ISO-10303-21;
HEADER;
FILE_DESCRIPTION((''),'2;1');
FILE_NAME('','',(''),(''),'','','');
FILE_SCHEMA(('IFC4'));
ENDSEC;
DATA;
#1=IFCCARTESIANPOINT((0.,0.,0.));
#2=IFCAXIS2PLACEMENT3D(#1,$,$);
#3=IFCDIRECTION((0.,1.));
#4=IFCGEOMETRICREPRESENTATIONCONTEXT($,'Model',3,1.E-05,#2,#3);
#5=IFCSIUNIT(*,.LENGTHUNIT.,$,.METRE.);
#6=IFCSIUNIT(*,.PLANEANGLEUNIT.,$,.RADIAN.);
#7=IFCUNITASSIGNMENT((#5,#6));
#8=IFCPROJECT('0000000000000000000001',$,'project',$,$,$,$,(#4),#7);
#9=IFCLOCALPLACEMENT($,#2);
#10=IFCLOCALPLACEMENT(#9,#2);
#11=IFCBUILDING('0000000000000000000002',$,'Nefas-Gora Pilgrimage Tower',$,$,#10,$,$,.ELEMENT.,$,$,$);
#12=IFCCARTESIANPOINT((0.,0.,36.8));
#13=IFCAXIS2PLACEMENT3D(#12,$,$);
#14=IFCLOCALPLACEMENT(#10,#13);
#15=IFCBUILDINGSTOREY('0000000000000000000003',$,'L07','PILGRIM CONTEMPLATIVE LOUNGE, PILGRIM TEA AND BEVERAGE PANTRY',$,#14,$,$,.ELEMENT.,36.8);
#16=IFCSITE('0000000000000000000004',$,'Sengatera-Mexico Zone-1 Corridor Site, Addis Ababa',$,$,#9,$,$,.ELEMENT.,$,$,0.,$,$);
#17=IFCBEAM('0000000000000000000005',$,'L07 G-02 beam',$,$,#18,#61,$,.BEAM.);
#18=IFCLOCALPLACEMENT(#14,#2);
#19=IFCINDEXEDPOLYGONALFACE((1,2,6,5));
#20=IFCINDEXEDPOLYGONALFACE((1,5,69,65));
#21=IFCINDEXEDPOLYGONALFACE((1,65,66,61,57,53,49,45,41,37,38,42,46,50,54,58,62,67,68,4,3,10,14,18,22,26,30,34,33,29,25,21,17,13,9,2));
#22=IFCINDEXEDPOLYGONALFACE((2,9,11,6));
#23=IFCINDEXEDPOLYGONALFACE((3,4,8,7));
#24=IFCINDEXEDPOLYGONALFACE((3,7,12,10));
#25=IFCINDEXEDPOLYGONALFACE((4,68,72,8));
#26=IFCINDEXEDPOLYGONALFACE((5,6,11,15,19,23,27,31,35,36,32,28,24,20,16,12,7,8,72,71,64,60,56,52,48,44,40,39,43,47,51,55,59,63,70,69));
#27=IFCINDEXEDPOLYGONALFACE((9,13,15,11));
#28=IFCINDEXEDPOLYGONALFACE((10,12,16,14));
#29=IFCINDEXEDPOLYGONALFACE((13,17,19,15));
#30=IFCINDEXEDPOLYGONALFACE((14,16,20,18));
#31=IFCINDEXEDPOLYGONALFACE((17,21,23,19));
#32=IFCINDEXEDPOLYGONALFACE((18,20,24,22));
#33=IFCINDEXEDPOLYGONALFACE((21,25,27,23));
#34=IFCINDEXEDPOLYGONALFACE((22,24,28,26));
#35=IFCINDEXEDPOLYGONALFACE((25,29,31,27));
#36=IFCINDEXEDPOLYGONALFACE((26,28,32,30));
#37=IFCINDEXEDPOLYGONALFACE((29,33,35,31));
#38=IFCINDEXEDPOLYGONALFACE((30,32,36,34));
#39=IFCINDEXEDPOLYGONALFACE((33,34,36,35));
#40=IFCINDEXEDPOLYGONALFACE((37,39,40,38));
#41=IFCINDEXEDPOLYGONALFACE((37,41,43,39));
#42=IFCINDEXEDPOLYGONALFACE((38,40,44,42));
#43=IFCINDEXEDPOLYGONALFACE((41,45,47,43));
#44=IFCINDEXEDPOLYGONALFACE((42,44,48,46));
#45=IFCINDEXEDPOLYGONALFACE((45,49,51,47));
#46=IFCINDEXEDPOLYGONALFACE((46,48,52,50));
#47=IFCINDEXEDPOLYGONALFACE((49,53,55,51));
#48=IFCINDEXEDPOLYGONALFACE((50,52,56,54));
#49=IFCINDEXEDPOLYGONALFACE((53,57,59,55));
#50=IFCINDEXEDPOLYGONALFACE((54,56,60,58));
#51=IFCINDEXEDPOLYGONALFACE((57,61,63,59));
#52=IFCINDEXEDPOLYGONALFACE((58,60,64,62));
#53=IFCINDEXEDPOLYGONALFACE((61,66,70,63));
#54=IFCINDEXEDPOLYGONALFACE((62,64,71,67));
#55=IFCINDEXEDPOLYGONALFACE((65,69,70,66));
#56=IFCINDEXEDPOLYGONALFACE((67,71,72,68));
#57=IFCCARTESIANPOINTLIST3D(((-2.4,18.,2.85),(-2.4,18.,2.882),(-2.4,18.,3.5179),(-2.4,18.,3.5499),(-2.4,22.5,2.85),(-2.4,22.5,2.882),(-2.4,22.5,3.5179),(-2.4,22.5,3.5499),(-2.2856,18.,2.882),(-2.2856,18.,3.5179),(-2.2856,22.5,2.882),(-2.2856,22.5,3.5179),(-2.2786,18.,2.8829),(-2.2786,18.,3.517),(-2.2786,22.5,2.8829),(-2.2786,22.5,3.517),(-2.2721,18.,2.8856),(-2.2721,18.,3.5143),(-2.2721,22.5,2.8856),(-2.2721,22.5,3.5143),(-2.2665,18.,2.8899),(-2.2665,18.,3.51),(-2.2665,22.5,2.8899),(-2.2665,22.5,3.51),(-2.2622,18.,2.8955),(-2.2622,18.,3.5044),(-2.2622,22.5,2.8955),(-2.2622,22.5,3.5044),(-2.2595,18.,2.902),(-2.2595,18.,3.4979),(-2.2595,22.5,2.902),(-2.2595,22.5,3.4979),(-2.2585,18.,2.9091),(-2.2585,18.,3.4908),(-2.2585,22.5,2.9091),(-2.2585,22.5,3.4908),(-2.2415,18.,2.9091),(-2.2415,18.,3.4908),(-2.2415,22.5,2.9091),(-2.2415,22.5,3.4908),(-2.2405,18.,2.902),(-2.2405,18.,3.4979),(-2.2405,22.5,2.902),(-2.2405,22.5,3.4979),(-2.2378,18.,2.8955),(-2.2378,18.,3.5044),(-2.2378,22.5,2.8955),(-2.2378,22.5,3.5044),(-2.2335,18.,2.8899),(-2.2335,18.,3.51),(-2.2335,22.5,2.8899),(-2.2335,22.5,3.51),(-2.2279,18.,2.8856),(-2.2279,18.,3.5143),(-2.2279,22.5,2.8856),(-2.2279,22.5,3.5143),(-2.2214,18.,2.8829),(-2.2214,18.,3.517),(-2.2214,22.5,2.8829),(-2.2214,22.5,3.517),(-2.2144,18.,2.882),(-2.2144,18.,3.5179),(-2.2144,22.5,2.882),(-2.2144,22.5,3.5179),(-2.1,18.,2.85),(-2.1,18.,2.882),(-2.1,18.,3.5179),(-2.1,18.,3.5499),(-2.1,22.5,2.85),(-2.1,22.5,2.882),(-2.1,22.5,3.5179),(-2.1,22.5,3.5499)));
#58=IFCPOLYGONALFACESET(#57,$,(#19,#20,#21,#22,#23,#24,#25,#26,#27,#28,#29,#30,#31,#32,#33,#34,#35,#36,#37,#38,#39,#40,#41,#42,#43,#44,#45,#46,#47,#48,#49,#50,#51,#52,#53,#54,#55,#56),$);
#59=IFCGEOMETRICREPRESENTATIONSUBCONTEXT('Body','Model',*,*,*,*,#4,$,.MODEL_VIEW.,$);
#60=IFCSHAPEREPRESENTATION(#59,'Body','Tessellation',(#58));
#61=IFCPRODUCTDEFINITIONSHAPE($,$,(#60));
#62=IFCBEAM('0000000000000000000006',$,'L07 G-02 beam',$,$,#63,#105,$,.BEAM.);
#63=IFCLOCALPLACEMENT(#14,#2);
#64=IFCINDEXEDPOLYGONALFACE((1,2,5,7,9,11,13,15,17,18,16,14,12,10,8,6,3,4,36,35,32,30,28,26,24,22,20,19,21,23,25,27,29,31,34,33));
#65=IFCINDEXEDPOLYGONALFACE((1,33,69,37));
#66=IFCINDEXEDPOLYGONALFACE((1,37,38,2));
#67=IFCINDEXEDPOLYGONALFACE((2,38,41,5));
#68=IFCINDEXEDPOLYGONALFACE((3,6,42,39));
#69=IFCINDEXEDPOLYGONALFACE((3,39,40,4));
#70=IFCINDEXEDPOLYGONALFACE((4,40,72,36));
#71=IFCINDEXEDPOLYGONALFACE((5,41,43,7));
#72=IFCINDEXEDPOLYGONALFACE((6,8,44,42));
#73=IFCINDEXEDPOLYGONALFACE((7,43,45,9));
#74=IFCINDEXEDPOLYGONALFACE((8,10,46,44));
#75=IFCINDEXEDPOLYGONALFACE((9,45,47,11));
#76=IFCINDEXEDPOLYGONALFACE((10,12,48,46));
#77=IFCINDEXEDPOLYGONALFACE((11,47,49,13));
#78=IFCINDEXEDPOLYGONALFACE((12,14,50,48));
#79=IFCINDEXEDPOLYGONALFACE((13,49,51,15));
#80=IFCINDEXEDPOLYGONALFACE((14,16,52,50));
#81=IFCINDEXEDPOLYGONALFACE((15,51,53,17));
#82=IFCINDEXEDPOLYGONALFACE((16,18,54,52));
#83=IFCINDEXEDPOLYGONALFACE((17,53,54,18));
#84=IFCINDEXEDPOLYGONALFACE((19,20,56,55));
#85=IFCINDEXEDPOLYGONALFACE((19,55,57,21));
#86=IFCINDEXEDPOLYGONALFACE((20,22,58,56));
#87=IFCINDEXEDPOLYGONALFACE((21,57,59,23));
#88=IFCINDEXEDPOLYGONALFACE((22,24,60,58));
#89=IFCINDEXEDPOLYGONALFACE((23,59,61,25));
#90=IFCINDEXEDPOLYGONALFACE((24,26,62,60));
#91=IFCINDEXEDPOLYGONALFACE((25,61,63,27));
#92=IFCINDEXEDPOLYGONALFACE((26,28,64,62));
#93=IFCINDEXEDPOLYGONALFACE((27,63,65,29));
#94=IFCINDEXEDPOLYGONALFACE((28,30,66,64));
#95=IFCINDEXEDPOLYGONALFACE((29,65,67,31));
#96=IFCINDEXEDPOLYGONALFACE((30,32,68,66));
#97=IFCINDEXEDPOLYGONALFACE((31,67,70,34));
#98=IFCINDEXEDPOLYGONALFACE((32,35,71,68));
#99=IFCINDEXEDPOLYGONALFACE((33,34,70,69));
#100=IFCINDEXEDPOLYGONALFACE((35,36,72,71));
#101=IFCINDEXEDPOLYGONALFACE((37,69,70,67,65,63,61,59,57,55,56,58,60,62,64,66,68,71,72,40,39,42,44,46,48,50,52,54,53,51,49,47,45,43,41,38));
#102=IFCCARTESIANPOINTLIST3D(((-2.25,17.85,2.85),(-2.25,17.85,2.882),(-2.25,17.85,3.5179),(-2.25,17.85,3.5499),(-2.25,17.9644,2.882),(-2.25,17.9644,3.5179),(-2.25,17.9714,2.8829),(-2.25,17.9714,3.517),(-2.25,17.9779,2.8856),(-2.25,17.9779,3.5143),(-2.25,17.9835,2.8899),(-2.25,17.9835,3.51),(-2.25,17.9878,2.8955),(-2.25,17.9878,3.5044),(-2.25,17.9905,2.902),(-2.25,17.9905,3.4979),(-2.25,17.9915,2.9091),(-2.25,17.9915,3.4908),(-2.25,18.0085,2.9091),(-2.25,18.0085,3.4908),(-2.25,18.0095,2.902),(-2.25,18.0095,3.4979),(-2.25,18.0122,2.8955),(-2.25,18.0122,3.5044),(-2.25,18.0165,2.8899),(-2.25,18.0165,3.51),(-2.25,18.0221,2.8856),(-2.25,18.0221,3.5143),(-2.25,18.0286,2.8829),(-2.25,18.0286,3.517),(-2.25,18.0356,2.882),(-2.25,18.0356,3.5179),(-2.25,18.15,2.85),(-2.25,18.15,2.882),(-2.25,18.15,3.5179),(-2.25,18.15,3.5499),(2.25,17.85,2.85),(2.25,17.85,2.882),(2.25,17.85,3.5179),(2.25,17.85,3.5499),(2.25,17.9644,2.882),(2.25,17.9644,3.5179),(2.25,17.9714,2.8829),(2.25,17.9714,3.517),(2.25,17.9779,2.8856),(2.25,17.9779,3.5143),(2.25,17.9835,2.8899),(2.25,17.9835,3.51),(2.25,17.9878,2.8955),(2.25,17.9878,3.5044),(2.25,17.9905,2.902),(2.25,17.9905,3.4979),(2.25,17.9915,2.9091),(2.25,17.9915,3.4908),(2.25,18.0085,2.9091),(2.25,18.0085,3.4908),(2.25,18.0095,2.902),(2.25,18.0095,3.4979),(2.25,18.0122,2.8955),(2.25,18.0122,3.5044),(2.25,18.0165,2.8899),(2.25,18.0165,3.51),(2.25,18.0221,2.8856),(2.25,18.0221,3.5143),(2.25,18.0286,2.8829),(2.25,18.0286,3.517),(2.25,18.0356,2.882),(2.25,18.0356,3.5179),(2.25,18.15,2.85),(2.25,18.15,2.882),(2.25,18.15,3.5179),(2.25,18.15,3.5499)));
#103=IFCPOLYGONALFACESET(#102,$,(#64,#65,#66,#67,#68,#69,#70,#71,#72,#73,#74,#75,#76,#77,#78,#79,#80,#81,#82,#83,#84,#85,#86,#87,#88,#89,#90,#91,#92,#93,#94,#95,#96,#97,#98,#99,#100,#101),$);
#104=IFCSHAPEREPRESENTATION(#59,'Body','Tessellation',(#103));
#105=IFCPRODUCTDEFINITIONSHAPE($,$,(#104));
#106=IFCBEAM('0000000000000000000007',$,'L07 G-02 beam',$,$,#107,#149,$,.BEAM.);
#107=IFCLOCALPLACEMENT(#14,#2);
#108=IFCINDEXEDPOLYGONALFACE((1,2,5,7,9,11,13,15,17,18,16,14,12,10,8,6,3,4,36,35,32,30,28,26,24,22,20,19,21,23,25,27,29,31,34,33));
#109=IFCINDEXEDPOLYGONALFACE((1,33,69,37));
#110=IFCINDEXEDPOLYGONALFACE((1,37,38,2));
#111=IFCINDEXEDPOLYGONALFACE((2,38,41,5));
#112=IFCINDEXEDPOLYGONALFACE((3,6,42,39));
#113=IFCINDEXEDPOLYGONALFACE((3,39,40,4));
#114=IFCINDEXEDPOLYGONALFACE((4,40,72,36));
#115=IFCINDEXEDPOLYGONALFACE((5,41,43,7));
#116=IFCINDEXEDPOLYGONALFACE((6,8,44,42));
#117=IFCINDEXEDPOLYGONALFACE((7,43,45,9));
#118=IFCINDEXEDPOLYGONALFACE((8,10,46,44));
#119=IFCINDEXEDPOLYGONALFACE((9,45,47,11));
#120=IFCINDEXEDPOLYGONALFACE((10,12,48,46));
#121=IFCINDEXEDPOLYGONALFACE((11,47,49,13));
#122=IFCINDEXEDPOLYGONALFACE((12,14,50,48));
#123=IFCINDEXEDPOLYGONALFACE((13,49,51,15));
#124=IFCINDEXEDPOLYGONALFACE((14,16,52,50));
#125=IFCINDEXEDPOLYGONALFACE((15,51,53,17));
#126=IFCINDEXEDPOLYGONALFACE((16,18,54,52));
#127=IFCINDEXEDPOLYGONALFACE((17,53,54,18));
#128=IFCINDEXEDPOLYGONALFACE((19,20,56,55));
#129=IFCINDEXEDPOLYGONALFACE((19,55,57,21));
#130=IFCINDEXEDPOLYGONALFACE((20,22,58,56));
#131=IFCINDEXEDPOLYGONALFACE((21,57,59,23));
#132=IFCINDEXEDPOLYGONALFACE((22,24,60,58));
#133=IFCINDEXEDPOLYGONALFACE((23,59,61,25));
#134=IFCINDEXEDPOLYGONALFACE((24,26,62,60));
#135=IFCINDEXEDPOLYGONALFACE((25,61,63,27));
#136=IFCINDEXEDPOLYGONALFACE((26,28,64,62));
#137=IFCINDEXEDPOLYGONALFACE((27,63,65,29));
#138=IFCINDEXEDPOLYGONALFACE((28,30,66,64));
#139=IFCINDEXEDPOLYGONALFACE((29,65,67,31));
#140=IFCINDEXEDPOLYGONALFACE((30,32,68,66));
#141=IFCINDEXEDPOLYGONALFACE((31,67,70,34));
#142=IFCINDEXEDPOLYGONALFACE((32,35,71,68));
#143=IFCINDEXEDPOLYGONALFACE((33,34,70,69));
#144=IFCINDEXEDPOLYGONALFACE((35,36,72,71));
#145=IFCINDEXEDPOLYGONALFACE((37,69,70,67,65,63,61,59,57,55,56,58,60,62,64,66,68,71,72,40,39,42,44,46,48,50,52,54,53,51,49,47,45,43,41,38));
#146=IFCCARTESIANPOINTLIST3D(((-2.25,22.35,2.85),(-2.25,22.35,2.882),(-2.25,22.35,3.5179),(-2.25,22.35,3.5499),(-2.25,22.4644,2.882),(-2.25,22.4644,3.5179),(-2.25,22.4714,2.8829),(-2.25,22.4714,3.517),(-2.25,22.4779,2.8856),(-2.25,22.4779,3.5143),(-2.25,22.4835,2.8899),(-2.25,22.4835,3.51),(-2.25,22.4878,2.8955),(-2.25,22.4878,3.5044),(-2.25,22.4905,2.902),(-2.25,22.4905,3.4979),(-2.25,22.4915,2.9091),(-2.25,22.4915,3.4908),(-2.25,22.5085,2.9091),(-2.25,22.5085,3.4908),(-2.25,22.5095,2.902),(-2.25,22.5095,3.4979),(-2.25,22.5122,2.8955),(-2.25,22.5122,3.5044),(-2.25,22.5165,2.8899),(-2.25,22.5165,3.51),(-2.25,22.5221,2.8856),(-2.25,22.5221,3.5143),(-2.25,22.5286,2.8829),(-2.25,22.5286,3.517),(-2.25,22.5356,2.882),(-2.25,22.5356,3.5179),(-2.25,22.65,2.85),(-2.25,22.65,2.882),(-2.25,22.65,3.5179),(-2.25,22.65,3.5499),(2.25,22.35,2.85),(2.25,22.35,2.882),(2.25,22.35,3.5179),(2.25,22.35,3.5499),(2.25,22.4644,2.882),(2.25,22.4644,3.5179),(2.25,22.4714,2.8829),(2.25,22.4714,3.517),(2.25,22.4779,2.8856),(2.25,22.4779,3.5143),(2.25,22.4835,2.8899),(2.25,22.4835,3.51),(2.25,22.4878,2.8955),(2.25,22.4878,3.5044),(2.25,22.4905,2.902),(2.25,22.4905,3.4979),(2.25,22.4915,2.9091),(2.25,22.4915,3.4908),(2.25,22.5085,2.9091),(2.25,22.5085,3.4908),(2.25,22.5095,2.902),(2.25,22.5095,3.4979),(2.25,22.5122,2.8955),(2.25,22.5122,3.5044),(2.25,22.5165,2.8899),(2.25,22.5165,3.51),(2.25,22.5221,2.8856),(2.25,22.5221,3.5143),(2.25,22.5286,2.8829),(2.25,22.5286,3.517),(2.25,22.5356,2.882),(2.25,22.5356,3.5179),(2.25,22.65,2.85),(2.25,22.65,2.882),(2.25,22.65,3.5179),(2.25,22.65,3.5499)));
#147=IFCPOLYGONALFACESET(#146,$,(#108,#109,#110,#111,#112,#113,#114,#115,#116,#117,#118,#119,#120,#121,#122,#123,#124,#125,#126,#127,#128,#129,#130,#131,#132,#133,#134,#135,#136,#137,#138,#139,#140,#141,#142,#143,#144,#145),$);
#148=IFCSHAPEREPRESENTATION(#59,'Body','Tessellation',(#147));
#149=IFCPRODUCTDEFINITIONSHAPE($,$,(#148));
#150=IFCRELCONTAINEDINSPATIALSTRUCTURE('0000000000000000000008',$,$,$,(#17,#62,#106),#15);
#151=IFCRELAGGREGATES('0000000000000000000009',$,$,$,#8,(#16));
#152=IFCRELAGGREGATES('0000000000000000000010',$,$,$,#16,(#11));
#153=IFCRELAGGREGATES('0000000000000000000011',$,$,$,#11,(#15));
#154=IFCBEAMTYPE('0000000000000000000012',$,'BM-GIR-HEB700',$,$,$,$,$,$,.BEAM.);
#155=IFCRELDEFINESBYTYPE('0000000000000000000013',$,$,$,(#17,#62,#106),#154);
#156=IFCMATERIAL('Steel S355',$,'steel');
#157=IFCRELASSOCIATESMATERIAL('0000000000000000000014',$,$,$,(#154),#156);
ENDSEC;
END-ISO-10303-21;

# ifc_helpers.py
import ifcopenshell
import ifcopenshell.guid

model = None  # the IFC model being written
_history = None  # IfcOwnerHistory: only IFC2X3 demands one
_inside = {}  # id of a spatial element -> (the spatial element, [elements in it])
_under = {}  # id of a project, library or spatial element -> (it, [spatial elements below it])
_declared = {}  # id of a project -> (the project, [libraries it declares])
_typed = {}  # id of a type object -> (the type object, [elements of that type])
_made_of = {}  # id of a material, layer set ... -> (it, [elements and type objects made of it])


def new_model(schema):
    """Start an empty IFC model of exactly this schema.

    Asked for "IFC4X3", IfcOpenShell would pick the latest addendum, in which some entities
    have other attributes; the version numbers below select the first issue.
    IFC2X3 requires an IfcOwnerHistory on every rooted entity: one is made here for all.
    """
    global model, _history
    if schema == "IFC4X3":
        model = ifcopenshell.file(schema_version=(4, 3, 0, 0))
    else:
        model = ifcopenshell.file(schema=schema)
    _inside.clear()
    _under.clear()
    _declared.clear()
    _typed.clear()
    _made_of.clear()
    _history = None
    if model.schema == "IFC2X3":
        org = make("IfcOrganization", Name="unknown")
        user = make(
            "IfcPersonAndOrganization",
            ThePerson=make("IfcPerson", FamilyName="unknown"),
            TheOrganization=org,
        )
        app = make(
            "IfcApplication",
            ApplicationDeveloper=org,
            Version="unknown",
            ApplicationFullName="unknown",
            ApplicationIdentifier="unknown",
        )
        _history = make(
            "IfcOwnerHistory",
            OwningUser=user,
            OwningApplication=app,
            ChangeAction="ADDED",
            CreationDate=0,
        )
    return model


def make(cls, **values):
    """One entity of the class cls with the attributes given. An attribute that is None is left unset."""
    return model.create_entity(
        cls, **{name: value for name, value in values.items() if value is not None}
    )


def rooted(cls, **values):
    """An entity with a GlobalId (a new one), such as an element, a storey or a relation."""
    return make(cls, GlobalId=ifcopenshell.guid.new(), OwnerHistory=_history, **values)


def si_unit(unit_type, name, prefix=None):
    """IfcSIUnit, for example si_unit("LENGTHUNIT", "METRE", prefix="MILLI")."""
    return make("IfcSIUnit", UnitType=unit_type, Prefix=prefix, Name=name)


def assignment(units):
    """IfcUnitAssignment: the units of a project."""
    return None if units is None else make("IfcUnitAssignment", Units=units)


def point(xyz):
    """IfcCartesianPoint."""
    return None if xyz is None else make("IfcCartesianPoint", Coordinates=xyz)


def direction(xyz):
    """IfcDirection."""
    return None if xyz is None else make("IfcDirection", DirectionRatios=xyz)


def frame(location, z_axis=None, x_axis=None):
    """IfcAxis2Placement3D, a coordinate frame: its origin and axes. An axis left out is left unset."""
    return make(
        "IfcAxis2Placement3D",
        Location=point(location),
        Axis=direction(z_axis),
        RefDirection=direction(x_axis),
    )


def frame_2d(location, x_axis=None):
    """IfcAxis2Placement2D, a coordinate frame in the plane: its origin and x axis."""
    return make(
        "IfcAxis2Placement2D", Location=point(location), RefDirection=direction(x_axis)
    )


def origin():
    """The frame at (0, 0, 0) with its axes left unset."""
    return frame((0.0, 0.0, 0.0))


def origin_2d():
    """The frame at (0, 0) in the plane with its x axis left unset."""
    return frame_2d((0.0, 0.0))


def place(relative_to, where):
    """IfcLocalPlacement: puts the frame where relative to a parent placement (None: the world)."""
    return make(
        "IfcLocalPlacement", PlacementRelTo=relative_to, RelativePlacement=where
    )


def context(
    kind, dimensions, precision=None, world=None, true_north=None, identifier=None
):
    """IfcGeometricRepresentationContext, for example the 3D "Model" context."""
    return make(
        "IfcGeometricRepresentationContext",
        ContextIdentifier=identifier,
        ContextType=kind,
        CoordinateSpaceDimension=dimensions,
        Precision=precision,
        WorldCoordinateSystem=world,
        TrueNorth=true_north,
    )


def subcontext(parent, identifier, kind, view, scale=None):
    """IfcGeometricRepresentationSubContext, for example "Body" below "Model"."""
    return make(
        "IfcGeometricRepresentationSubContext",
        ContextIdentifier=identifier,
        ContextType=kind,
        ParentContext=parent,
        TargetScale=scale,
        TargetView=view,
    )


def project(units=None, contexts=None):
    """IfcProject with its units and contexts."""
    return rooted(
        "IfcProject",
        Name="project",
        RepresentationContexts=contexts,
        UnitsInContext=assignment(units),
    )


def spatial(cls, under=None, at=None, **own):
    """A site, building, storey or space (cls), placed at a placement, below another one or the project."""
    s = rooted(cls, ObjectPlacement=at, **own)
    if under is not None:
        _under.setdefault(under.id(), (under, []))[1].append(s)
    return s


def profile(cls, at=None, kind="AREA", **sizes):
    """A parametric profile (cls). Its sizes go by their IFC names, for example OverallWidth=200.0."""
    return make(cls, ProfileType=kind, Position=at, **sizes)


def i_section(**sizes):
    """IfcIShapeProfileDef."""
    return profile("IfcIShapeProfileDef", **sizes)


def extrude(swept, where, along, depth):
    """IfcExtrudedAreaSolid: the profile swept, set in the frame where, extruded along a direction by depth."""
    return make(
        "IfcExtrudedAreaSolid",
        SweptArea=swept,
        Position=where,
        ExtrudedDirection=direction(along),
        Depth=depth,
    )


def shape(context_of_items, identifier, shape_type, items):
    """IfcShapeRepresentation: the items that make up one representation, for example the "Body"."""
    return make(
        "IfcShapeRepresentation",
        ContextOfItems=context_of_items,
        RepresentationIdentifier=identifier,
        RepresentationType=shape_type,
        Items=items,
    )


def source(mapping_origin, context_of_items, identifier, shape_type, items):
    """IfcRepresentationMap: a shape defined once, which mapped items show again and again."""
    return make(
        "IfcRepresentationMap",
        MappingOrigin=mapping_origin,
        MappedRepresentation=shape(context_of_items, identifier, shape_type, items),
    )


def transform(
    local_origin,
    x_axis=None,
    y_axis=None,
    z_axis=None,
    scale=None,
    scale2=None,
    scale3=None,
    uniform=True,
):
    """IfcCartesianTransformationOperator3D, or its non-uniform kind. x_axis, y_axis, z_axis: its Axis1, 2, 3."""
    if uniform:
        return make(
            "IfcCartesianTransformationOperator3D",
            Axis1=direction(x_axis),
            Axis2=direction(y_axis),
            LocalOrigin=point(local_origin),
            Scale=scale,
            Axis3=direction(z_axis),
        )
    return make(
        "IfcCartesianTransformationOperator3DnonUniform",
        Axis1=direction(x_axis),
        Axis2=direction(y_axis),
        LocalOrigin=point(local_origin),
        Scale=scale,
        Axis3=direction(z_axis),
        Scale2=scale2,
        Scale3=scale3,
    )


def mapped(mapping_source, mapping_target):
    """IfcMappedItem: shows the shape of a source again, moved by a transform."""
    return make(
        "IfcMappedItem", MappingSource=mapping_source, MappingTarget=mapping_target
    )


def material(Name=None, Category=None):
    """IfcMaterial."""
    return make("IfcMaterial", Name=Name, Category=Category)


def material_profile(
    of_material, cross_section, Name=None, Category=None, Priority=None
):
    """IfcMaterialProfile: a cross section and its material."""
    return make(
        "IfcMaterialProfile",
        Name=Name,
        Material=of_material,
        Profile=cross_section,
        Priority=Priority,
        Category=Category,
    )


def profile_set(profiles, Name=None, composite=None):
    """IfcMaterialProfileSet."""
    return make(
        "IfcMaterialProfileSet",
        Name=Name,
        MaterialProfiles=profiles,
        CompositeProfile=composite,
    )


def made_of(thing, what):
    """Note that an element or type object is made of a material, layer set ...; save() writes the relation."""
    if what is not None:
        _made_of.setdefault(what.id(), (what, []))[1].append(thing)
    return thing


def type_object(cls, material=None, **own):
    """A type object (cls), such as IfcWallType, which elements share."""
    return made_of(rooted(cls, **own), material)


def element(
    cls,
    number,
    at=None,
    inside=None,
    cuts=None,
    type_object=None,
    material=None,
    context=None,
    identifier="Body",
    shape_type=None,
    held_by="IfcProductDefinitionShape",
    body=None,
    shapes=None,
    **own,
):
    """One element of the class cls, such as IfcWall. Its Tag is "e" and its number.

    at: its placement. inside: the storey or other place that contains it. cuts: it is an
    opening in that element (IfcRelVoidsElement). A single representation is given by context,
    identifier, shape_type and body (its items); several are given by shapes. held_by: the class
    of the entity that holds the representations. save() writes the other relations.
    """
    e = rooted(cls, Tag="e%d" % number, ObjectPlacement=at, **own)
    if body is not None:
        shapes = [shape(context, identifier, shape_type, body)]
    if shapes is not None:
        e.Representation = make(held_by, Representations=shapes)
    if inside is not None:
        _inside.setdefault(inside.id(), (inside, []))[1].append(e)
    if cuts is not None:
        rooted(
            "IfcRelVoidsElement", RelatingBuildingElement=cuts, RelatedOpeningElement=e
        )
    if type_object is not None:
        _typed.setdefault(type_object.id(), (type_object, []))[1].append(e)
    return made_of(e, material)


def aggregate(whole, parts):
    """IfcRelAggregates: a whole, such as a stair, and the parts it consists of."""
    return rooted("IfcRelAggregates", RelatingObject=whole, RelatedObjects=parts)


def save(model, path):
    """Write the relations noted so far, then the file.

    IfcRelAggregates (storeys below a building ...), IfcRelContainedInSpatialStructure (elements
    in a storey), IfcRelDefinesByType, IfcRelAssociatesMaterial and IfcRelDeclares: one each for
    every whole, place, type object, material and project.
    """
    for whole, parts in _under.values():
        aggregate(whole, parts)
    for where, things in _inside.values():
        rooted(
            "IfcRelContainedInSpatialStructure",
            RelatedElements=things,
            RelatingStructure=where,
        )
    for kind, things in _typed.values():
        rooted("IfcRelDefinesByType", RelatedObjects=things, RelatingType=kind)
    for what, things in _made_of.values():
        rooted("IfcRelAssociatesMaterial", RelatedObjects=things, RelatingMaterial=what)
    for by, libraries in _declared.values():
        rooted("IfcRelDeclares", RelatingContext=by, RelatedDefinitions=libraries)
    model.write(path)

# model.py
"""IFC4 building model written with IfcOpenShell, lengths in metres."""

from ifc_helpers import new_model, si_unit, direction, frame, origin, origin_2d, place, context, subcontext, project, spatial, i_section, extrude, source, transform, mapped, material, material_profile, profile_set, type_object, element, save


model = new_model("IFC4")

# Units and contexts
model_context = context("Model", 3, precision=1e-05, world=origin(), true_north=direction((0.0, 1.0)))
body_context = subcontext(model_context, "Body", "Model", "MODEL_VIEW")
ifc_project = project(units=[si_unit("LENGTHUNIT", "METRE"), si_unit("PLANEANGLEUNIT", "RADIAN")], contexts=[model_context])

# Site, building, storey
site_placement = place(None, origin())
site = spatial("IfcSite", under=ifc_project, at=site_placement, Name="Sengatera-Mexico Zone-1 Corridor Site, Addis Ababa", CompositionType="ELEMENT", RefElevation=0.0)
building_placement = place(site_placement, origin())
building = spatial("IfcBuilding", under=site, at=building_placement, Name="Nefas-Gora Pilgrimage Tower", CompositionType="ELEMENT")
storey_placement = place(building_placement, frame((0.0, 0.0, 36.8)))
storey = spatial("IfcBuildingStorey", under=building, at=storey_placement, Name="L07", Description="PILGRIM CONTEMPLATIVE LOUNGE, PILGRIM TEA AND BEVERAGE PANTRY", CompositionType="ELEMENT", Elevation=36.8)

# Beams
ifc_material_1 = material(Name="Steel S355", Category="steel")
ifc_material_profile_1 = material_profile(ifc_material_1, i_section(OverallWidth=0.3, OverallDepth=0.7, WebThickness=0.0171, FlangeThickness=0.032, FilletRadius=0.0271, at=origin_2d()), Name="HEB 700")
ifc_profile_set_1 = profile_set([ifc_material_profile_1], Name="Steel S355")
beam_type = type_object("IfcBeamType", Name="BM-GIR-HEB700", PredefinedType="BEAM", material=ifc_profile_set_1)
shared_shape_1 = source(origin(), body_context, "Body", "SweptSolid", [
    extrude(i_section(OverallWidth=0.3, OverallDepth=0.7, WebThickness=0.0171, FlangeThickness=0.032, FilletRadius=0.0271, at=origin_2d()), origin(), (0.0, 0.0, 1.0), 4.5),
])
for number, where, z_axis, x_axis, name in (
    (1, (-2.25, 18.0, 3.2), (0.0, 1.0, 0.0), (-1.0, 0.0, 0.0), "L07 G-02 beam"),
    (2, (-2.25, 18.0, 3.2), (1.0, 0.0, 0.0), (0.0, 1.0, 0.0), "L07 G-02 beam"),
    (3, (-2.25, 22.5, 3.2), (1.0, 0.0, 0.0), (0.0, 1.0, 0.0), "L07 G-02 beam"),
):
    element("IfcBeam", number, at=place(storey_placement, frame(where, z_axis=z_axis, x_axis=x_axis)), inside=storey, type_object=beam_type, Name=name, PredefinedType="BEAM", context=body_context, shape_type="MappedRepresentation", body=[
        mapped(shared_shape_1, transform((0.0, 0.0, 0.0), x_axis=(1.0, 0.0, 0.0), y_axis=(0.0, 1.0, 0.0), z_axis=(0.0, 0.0, 1.0), scale=1.0)),
    ])

save(model, "model.ifc")
